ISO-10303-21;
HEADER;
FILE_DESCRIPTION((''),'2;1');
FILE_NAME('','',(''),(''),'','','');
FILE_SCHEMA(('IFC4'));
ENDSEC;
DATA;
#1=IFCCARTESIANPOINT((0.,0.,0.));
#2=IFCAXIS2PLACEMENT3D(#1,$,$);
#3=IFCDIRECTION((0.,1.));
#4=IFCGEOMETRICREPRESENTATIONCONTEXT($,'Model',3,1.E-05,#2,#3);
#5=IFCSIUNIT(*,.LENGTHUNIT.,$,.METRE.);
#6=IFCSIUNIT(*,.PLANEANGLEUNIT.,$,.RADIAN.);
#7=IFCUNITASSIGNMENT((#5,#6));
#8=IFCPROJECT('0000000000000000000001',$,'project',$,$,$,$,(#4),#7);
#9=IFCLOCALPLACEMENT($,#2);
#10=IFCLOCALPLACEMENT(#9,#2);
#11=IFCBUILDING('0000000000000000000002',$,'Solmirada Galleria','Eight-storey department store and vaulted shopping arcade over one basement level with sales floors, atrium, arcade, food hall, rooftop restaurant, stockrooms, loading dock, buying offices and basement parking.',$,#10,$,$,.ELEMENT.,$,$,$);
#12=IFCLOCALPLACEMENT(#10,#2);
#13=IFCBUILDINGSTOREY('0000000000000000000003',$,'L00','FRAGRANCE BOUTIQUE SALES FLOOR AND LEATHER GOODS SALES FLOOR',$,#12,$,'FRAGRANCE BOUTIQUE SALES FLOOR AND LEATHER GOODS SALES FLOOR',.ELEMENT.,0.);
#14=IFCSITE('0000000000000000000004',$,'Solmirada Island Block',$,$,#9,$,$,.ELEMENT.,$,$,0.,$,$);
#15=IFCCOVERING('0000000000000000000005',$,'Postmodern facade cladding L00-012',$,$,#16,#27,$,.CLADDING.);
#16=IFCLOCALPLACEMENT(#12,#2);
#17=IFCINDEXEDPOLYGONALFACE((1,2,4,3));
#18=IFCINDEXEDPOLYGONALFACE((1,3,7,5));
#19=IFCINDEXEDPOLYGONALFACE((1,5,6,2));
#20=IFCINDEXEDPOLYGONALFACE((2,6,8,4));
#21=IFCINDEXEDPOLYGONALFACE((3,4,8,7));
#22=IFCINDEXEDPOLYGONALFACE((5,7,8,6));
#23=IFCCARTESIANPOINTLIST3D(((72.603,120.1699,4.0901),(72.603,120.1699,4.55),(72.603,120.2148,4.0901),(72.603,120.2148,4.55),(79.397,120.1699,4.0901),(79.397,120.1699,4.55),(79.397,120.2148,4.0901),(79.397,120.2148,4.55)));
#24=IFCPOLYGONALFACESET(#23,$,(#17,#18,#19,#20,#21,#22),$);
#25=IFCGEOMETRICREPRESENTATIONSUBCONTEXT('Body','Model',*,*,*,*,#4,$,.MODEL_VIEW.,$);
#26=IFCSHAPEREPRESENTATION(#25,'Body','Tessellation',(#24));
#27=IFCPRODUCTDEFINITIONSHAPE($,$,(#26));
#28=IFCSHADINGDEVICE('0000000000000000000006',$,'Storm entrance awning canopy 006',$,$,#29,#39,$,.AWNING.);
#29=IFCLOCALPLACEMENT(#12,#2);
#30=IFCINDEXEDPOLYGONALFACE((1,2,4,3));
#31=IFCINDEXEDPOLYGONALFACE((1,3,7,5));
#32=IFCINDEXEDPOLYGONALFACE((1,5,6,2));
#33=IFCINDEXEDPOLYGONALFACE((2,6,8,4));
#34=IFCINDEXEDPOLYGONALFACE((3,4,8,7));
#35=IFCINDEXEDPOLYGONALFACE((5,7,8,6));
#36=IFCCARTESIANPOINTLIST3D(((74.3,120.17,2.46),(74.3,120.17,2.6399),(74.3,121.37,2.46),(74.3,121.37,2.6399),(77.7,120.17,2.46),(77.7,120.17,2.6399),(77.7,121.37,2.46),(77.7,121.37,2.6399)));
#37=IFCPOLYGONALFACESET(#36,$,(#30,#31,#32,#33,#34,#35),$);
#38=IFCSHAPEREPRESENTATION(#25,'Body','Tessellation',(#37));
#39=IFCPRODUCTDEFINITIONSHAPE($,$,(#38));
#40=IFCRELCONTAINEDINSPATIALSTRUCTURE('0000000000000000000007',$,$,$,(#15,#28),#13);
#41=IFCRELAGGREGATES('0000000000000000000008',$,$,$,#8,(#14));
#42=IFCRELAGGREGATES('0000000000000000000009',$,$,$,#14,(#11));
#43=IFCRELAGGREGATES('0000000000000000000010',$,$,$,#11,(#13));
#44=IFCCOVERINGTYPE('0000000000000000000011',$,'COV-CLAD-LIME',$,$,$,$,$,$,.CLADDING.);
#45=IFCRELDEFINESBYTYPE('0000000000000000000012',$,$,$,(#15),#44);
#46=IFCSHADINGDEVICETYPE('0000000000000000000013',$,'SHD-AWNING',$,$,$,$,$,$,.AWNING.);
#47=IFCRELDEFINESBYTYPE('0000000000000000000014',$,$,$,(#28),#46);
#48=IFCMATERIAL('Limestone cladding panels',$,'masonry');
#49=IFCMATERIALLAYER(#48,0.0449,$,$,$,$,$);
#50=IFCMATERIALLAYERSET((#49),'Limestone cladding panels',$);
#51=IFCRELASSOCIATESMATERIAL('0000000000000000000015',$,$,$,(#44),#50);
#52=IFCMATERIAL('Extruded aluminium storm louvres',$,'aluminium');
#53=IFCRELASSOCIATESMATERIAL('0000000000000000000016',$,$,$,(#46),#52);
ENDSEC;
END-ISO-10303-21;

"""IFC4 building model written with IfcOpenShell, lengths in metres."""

from ifc_helpers import new_model, si_unit, direction, frame, origin, origin_2d, place, context, subcontext, project, spatial, rectangle, extrude, material, layer, layer_set, type_object, element, save


model = new_model("IFC4")

# Units and contexts
model_context = context("Model", 3, precision=1e-05, world=origin(), true_north=direction((0.0, 1.0)))
body_context = subcontext(model_context, "Body", "Model", "MODEL_VIEW")
ifc_project = project(units=[si_unit("LENGTHUNIT", "METRE"), si_unit("PLANEANGLEUNIT", "RADIAN")], contexts=[model_context])

# Site, building, storey
site_placement = place(None, origin())
site = spatial("IfcSite", under=ifc_project, at=site_placement, Name="Solmirada Island Block", CompositionType="ELEMENT", RefElevation=0.0)
building_placement = place(site_placement, origin())
building = spatial("IfcBuilding", under=site, at=building_placement, Name="Solmirada Galleria", Description="Eight-storey department store and vaulted shopping arcade over one basement level with sales floors, atrium, arcade, food hall, rooftop restaurant, stockrooms, loading dock, buying offices and basement parking.", CompositionType="ELEMENT")
storey_placement = place(building_placement, origin())
storey = spatial("IfcBuildingStorey", under=building, at=storey_placement, Name="L00", Description="FRAGRANCE BOUTIQUE SALES FLOOR AND LEATHER GOODS SALES FLOOR", LongName="FRAGRANCE BOUTIQUE SALES FLOOR AND LEATHER GOODS SALES FLOOR", CompositionType="ELEMENT", Elevation=0.0)

# Covering
ifc_material_1 = material(Name="Limestone cladding panels", Category="masonry")
ifc_layer_1 = layer(ifc_material_1, 0.0449)
ifc_layer_set_1 = layer_set([ifc_layer_1], Name="Limestone cladding panels")
covering_type = type_object("IfcCoveringType", Name="COV-CLAD-LIME", PredefinedType="CLADDING", material=ifc_layer_set_1)
for number, where, z_axis, x_axis, name in (
    (1, (76.0, 120.1924, 4.0901), (0.0, 0.0, 1.0), (1.0, 0.0, 0.0), "Postmodern facade cladding L00-012"),
):
    element("IfcCovering", number, at=place(storey_placement, frame(where, z_axis=z_axis, x_axis=x_axis)), inside=storey, type_object=covering_type, Name=name, PredefinedType="CLADDING", context=body_context, shape_type="SweptSolid", body=[
        extrude(rectangle(XDim=6.7939, YDim=0.0449, at=origin_2d()), origin(), (0.0, 0.0, 1.0), 0.46),
    ])

# Shading device
ifc_material_2 = material(Name="Extruded aluminium storm louvres", Category="aluminium")
shading_device_type = type_object("IfcShadingDeviceType", Name="SHD-AWNING", PredefinedType="AWNING", material=ifc_material_2)
shading_device_placement = place(storey_placement, frame((76.0, 120.77, 2.46), z_axis=(0.0, 0.0, 1.0), x_axis=(1.0, 0.0, 0.0)))
element("IfcShadingDevice", 2, at=shading_device_placement, inside=storey, type_object=shading_device_type, Name="Storm entrance awning canopy 006", PredefinedType="AWNING", context=body_context, shape_type="SweptSolid", body=[
    extrude(rectangle(XDim=3.3999, YDim=1.2, at=origin_2d()), origin(), (0.0, 0.0, 1.0), 0.1799),
])

save(model, "model.ifc")
